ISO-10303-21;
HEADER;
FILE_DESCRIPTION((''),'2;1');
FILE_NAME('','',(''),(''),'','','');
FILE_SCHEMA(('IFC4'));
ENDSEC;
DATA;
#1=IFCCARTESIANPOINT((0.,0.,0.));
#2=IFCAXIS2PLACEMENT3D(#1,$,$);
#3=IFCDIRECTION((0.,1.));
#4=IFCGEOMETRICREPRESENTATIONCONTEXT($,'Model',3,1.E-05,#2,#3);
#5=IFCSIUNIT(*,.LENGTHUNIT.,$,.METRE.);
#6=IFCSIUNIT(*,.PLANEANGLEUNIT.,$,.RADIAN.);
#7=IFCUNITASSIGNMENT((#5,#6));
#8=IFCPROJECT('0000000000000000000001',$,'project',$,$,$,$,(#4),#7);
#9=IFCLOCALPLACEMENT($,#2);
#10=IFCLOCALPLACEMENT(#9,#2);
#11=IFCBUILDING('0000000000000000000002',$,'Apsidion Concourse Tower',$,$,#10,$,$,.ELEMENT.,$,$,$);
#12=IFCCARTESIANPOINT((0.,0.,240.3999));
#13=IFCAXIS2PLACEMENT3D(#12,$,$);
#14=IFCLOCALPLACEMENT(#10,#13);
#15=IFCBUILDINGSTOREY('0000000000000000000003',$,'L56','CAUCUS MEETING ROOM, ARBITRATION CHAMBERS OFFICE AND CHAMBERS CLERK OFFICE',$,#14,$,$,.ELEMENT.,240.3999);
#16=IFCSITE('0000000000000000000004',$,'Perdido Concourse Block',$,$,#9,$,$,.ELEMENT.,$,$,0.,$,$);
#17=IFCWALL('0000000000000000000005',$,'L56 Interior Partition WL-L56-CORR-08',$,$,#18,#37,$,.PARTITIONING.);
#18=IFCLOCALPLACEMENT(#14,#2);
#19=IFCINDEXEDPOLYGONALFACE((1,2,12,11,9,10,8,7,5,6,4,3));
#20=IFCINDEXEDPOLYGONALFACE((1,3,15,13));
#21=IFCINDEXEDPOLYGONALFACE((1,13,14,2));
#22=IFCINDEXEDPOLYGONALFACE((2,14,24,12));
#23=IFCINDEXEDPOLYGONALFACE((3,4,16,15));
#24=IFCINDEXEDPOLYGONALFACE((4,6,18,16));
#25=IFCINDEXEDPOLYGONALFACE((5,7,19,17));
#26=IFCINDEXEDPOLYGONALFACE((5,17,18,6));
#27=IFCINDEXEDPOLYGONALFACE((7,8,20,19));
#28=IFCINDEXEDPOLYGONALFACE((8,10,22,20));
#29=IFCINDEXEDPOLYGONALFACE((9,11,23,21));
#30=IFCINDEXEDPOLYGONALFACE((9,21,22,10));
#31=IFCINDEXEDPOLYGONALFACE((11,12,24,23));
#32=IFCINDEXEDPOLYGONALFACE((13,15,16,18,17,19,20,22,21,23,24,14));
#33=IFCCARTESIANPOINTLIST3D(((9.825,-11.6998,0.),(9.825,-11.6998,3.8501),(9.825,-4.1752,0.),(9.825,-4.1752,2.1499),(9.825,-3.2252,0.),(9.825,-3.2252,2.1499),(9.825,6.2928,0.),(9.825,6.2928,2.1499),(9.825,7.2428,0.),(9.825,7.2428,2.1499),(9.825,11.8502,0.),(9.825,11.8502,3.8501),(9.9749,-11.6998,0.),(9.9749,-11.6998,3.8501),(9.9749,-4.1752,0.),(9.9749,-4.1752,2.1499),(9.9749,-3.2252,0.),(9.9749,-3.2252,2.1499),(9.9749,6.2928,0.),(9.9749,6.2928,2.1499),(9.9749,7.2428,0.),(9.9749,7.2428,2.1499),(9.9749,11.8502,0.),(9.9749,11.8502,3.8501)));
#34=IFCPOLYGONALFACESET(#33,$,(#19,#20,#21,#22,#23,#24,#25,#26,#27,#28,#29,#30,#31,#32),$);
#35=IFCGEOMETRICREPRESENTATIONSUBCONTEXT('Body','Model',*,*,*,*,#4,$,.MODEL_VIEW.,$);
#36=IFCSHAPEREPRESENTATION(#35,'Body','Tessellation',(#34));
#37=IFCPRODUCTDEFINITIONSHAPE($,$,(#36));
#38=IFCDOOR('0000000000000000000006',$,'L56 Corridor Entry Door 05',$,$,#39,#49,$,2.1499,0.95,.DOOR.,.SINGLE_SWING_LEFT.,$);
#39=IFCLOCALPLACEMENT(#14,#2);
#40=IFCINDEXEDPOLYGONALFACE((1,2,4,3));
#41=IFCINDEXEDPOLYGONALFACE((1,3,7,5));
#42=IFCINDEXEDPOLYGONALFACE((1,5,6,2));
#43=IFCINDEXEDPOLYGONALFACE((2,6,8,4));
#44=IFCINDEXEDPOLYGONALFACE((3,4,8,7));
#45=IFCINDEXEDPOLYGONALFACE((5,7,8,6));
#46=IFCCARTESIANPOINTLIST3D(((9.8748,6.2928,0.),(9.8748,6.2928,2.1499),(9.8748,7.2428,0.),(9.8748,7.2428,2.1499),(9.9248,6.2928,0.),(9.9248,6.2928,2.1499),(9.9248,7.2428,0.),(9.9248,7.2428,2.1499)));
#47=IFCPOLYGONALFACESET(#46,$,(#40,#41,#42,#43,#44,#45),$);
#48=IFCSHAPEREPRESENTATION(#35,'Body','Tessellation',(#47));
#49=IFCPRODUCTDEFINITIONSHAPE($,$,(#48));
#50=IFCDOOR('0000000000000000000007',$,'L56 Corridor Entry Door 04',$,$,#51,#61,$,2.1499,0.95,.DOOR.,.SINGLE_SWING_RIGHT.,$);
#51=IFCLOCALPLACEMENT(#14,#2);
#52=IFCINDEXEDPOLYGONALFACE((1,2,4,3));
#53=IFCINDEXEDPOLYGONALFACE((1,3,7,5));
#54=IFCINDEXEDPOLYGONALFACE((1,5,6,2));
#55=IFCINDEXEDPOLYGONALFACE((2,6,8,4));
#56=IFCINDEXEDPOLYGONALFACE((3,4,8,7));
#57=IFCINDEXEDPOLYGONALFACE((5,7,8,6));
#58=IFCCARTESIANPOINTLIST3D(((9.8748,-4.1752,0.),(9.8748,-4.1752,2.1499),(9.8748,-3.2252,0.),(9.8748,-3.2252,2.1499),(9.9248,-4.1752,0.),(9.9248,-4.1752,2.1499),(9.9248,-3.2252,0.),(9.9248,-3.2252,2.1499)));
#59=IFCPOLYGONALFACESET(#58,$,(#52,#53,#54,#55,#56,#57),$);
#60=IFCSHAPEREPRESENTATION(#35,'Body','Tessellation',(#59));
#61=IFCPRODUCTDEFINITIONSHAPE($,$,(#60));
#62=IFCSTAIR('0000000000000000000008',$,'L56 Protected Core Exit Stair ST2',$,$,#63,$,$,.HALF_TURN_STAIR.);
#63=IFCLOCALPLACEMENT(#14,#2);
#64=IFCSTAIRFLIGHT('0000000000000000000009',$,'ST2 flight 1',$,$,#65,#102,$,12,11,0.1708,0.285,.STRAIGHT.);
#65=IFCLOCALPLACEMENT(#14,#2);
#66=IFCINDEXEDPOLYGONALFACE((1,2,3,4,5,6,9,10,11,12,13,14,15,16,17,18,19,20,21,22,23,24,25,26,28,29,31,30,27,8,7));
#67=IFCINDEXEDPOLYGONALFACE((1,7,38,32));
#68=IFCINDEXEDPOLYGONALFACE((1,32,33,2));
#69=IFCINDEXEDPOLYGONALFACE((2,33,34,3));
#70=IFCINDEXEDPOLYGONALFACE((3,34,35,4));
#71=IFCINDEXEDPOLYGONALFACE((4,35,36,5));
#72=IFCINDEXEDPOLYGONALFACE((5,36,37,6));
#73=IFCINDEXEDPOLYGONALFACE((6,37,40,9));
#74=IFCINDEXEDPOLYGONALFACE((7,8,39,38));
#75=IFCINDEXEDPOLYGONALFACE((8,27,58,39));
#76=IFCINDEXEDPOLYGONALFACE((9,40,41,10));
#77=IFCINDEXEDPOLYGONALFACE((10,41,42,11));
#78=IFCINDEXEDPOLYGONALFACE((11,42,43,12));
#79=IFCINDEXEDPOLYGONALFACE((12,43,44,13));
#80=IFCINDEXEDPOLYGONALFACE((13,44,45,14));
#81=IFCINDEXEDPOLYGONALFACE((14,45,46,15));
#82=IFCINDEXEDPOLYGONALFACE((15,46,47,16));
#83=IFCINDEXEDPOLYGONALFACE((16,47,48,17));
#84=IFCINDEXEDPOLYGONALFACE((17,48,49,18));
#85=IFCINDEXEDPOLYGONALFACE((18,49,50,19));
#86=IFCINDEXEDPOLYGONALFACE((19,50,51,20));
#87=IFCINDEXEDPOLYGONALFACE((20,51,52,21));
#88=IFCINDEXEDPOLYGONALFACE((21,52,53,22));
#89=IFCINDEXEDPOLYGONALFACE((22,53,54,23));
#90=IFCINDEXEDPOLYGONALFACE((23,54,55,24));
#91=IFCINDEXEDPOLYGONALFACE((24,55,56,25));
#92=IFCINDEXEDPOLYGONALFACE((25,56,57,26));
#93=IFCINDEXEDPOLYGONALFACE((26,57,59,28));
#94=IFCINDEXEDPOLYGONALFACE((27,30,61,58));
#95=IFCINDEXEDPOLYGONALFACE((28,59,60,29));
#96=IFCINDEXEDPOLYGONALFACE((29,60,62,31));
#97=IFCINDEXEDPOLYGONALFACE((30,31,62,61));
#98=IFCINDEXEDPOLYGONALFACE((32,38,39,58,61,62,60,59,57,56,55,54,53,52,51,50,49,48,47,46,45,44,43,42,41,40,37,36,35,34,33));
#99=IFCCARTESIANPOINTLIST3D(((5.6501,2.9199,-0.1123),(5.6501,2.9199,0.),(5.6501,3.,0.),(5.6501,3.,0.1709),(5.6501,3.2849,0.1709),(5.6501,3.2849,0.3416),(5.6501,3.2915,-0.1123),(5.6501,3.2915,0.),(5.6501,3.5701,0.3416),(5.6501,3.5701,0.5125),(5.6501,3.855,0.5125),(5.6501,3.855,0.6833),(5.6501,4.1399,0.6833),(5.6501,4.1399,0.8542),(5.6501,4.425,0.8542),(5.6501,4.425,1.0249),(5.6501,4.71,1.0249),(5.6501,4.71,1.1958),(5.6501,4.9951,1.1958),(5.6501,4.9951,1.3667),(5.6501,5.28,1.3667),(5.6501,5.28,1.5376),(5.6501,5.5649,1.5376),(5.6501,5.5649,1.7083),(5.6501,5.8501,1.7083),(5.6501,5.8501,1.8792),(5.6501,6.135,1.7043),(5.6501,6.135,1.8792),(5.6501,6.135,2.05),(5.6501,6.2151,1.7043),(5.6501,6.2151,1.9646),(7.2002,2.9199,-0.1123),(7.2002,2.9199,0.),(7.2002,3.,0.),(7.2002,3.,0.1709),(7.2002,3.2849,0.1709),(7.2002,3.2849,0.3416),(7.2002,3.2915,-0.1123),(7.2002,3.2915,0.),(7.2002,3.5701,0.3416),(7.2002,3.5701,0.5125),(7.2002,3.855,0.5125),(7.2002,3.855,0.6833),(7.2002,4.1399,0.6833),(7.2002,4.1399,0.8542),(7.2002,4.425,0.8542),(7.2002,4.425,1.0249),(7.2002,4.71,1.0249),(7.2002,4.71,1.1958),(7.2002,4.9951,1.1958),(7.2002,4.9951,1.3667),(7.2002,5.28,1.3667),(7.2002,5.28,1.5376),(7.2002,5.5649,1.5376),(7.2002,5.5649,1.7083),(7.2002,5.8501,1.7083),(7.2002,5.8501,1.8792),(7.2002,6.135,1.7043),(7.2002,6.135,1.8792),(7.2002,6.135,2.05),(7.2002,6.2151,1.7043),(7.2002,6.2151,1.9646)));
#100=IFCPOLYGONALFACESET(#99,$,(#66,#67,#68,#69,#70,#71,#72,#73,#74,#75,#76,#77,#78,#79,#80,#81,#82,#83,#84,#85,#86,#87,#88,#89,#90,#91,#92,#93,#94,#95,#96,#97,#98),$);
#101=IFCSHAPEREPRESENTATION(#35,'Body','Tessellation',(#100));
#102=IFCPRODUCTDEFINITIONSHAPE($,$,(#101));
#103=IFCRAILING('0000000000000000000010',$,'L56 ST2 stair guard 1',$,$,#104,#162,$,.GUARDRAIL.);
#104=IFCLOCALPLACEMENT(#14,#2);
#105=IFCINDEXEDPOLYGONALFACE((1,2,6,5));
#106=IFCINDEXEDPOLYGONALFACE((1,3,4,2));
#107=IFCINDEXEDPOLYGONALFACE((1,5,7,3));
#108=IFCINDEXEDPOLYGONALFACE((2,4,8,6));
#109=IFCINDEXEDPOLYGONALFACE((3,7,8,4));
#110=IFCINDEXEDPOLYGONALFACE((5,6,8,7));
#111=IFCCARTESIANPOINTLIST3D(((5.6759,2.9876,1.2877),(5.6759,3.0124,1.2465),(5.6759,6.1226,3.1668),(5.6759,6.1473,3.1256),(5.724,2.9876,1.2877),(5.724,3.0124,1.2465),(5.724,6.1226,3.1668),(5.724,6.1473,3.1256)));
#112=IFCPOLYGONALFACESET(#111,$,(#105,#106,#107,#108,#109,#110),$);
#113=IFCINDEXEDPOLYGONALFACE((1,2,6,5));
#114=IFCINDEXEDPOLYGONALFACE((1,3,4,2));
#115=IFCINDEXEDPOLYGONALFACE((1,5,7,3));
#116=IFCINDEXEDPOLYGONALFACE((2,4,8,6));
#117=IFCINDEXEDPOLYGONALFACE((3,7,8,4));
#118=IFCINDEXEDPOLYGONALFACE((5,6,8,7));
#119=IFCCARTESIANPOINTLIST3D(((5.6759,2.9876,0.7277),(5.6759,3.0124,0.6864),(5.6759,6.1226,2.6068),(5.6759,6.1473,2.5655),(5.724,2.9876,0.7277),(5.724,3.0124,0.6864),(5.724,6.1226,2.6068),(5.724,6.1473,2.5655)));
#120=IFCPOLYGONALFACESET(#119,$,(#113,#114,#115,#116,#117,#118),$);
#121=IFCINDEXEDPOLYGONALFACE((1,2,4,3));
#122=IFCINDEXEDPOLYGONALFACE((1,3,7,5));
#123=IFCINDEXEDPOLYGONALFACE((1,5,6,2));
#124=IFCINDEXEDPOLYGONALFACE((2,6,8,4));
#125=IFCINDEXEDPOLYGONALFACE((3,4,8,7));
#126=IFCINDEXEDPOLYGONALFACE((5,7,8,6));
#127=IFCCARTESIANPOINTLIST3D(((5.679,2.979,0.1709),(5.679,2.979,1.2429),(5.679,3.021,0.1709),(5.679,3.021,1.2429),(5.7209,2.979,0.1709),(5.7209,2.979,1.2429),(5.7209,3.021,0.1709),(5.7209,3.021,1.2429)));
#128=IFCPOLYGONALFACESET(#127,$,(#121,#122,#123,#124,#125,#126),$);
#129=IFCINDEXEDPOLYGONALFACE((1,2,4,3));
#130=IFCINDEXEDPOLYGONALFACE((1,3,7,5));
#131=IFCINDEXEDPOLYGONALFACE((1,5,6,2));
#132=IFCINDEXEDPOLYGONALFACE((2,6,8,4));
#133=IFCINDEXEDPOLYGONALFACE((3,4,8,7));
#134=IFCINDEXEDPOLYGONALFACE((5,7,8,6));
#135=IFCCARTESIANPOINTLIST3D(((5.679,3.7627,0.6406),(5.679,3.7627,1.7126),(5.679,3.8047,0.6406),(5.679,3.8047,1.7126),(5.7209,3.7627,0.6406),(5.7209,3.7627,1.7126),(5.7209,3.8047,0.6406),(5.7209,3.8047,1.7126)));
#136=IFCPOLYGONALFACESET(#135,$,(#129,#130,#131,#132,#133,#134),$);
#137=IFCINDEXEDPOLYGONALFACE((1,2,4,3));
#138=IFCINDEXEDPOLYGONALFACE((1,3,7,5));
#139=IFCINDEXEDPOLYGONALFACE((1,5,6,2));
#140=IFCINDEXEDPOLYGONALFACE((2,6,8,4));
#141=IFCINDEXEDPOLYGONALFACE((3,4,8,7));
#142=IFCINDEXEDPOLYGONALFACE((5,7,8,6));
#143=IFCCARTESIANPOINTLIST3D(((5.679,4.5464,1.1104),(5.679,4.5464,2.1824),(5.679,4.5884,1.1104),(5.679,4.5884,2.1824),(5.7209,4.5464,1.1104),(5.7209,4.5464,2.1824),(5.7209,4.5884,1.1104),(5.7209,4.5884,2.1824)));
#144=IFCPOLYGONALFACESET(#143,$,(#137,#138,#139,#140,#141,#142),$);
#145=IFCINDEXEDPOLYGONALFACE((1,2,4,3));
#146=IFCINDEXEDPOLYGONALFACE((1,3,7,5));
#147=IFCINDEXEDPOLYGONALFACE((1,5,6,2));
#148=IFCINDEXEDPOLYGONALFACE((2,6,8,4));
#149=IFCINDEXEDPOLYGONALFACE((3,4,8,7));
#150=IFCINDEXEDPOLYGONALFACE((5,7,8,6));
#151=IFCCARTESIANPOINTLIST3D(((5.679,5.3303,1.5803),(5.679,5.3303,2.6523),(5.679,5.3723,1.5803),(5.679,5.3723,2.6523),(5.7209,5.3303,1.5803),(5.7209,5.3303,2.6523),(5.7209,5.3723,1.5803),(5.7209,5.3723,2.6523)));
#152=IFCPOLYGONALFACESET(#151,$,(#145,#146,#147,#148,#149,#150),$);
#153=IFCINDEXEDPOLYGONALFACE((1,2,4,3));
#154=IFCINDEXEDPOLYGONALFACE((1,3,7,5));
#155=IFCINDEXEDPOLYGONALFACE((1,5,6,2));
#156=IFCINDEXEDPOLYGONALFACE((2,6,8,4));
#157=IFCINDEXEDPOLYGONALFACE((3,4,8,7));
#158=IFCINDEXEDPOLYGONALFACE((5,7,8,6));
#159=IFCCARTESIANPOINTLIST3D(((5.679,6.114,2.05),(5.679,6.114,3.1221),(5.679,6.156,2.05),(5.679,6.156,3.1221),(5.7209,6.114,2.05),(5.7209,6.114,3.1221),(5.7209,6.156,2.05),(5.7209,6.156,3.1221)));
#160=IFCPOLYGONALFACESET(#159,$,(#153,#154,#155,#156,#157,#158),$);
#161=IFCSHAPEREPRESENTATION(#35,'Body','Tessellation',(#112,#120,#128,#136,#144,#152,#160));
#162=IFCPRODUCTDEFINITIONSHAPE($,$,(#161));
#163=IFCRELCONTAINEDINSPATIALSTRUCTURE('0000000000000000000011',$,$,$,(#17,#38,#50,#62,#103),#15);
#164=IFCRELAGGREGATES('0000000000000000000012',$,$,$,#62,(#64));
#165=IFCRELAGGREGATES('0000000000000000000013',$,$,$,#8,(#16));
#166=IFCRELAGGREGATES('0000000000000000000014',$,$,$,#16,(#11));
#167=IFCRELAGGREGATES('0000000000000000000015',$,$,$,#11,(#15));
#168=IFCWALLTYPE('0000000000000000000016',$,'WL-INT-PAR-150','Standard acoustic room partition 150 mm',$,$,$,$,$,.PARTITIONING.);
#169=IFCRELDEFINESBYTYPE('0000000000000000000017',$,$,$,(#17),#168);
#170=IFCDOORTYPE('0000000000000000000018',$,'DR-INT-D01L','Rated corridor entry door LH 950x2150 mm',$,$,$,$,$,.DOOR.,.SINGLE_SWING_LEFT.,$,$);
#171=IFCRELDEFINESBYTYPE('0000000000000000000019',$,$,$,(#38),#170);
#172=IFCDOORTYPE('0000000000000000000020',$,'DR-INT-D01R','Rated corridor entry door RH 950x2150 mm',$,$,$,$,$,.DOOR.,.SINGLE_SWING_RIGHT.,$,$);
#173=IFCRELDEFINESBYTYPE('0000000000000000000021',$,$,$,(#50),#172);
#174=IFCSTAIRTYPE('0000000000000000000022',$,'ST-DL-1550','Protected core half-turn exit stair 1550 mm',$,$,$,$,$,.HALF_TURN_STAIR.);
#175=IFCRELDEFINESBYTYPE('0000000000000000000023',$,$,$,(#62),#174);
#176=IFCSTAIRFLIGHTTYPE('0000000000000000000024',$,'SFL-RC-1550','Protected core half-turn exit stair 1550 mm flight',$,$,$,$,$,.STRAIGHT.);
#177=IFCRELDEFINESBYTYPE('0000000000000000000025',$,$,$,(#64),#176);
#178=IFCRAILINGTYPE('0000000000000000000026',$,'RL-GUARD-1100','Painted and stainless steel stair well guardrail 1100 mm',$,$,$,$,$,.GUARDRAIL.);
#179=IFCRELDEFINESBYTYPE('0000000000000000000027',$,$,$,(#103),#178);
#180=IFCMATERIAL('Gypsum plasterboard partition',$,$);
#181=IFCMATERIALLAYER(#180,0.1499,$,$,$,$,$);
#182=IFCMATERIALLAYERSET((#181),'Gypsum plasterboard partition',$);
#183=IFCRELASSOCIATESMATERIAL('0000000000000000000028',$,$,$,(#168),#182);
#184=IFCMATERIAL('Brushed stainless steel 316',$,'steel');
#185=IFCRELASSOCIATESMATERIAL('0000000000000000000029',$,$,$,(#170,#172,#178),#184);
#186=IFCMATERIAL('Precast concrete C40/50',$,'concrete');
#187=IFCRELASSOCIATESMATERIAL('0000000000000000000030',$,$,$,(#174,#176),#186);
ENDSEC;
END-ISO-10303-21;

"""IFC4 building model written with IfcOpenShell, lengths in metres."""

from ifc_helpers import new_model, si_unit, direction, frame, frame_2d, origin, origin_2d, place, context, subcontext, project, spatial, polyline, rectangle, outline, extrude, material, layer, layer_set, type_object, element, fill, aggregate, save


model = new_model("IFC4")

# Units and contexts
model_context = context("Model", 3, precision=1e-05, world=origin(), true_north=direction((0.0, 1.0)))
body_context = subcontext(model_context, "Body", "Model", "MODEL_VIEW")
ifc_project = project(units=[si_unit("LENGTHUNIT", "METRE"), si_unit("PLANEANGLEUNIT", "RADIAN")], contexts=[model_context])

# Site, building, storey
site_placement = place(None, origin())
site = spatial("IfcSite", under=ifc_project, at=site_placement, Name="Perdido Concourse Block", CompositionType="ELEMENT", RefElevation=0.0)
building_placement = place(site_placement, origin())
building = spatial("IfcBuilding", under=site, at=building_placement, Name="Apsidion Concourse Tower", CompositionType="ELEMENT")
storey_placement = place(building_placement, frame((0.0, 0.0, 240.3999)))
storey = spatial("IfcBuildingStorey", under=building, at=storey_placement, Name="L56", Description="CAUCUS MEETING ROOM, ARBITRATION CHAMBERS OFFICE AND CHAMBERS CLERK OFFICE", CompositionType="ELEMENT", Elevation=240.3999)

# Wall, openings, doors
ifc_material_1 = material(Name="Gypsum plasterboard partition")
ifc_layer = layer(ifc_material_1, 0.1499)
ifc_layer_set = layer_set([ifc_layer], Name="Gypsum plasterboard partition")
wall_type = type_object("IfcWallType", Name="WL-INT-PAR-150", Description="Standard acoustic room partition 150 mm", PredefinedType="PARTITIONING", material=ifc_layer_set)
wall_placement = place(storey_placement, frame((9.8999, 11.8501, 0.0), z_axis=(0.0, 0.0, 1.0), x_axis=(0.0, -1.0, 0.0)))
wall = element("IfcWall", 1, at=wall_placement, inside=storey, type_object=wall_type, Name="L56 Interior Partition WL-L56-CORR-08", PredefinedType="PARTITIONING", context=body_context, shape_type="SweptSolid", body=[
    extrude(rectangle(XDim=23.55, YDim=0.1499, at=frame_2d((11.7749, 0.0))), origin(), (0.0, 0.0, 1.0), 3.8501),
])
opening_1_placement = place(wall_placement, frame((15.0752, 0.0, 0.0)))
opening_1 = element("IfcOpeningElement", 2, at=opening_1_placement, cuts=wall, PredefinedType="OPENING", context=body_context, shape_type="SweptSolid", body=[
    extrude(rectangle(XDim=0.95, YDim=2.1499, at=frame_2d((0.4751, 1.075))), frame((0.0, 0.085, 0.0), z_axis=(0.0, -1.0, 0.0), x_axis=(1.0, 0.0, 0.0)), (0.0, 0.0, 1.0), 0.1699),
])
opening_2_placement = place(wall_placement, frame((4.6072, 0.0, 0.0)))
opening_2 = element("IfcOpeningElement", 3, at=opening_2_placement, cuts=wall, PredefinedType="OPENING", context=body_context, shape_type="SweptSolid", body=[
    extrude(rectangle(XDim=0.95, YDim=2.1499, at=frame_2d((0.4751, 1.075))), frame((0.0, 0.085, 0.0), z_axis=(0.0, -1.0, 0.0), x_axis=(1.0, 0.0, 0.0)), (0.0, 0.0, 1.0), 0.1699),
])
ifc_material_2 = material(Name="Brushed stainless steel 316", Category="steel")
door_type_1 = type_object("IfcDoorType", Name="DR-INT-D01L", Description="Rated corridor entry door LH 950x2150 mm", OperationType="SINGLE_SWING_LEFT", PredefinedType="DOOR", material=ifc_material_2)
door_1_placement = place(opening_2_placement, origin())
door_1 = element("IfcDoor", 4, at=door_1_placement, inside=storey, type_object=door_type_1, Name="L56 Corridor Entry Door 05", OperationType="SINGLE_SWING_LEFT", OverallHeight=2.1499, OverallWidth=0.95, PredefinedType="DOOR", context=body_context, shape_type="SweptSolid", body=[
    extrude(rectangle(XDim=0.95, YDim=2.1499, at=frame_2d((0.4751, 1.075))), frame((0.0, 0.0249, 0.0), z_axis=(0.0, -1.0, 0.0), x_axis=(1.0, 0.0, 0.0)), (0.0, 0.0, 1.0), 0.05),
])
fill(opening_2, door_1)
door_type_2 = type_object("IfcDoorType", Name="DR-INT-D01R", Description="Rated corridor entry door RH 950x2150 mm", OperationType="SINGLE_SWING_RIGHT", PredefinedType="DOOR", material=ifc_material_2)
door_2_placement = place(opening_1_placement, origin())
door_2 = element("IfcDoor", 5, at=door_2_placement, inside=storey, type_object=door_type_2, Name="L56 Corridor Entry Door 04", OperationType="SINGLE_SWING_RIGHT", OverallHeight=2.1499, OverallWidth=0.95, PredefinedType="DOOR", context=body_context, shape_type="SweptSolid", body=[
    extrude(rectangle(XDim=0.95, YDim=2.1499, at=frame_2d((0.4751, 1.075))), frame((0.0, 0.0249, 0.0), z_axis=(0.0, -1.0, 0.0), x_axis=(1.0, 0.0, 0.0)), (0.0, 0.0, 1.0), 0.05),
])
fill(opening_1, door_2)

# Stair, stair flight
ifc_material_3 = material(Name="Precast concrete C40/50", Category="concrete")
stair_type = type_object("IfcStairType", Name="ST-DL-1550", Description="Protected core half-turn exit stair 1550 mm", PredefinedType="HALF_TURN_STAIR", material=ifc_material_3)
stair_placement = place(storey_placement, origin())
stair = element("IfcStair", 6, at=stair_placement, inside=storey, type_object=stair_type, Name="L56 Protected Core Exit Stair ST2", PredefinedType="HALF_TURN_STAIR")
stair_flight_type = type_object("IfcStairFlightType", Name="SFL-RC-1550", Description="Protected core half-turn exit stair 1550 mm flight", PredefinedType="STRAIGHT", material=ifc_material_3)
stair_flight_placement = place(storey_placement, frame((6.425, 3.0, 0.0), z_axis=(0.0, 0.0, 1.0), x_axis=(0.0, 1.0, 0.0)))
stair_flight = element("IfcStairFlight", 7, at=stair_flight_placement, type_object=stair_flight_type, Name="ST2 flight 1", NumberOfRisers=12, NumberOfTreads=11, PredefinedType="STRAIGHT", RiserHeight=0.1708, TreadLength=0.285, context=body_context, shape_type="SweptSolid", body=[
    extrude(outline(polyline([(-0.0801, -0.1123), (-0.0801, 0.0), (0.0, 0.0), (0.0, 0.1709), (0.2849, 0.1709), (0.2849, 0.3416), (0.5701, 0.3416), (0.5701, 0.5125), (0.855, 0.5125), (0.855, 0.6833), (1.1399, 0.6833), (1.1399, 0.8542), (1.425, 0.8542), (1.425, 1.0249), (1.71, 1.0249), (1.71, 1.1958), (1.9951, 1.1958), (1.9951, 1.3667), (2.28, 1.3667), (2.28, 1.5376), (2.5649, 1.5376), (2.5649, 1.7083), (2.8501, 1.7083), (2.8501, 1.8792), (3.135, 1.8792), (3.135, 2.05), (3.2151, 1.9646), (3.2151, 1.7043), (3.135, 1.7043), (0.2915, 0.0), (0.2915, -0.1123), (-0.0801, -0.1123)])), frame((0.0, 0.7749, 0.0), z_axis=(0.0, -1.0, 0.0), x_axis=(1.0, 0.0, 0.0)), (0.0, 0.0, 1.0), 1.55),
])
aggregate(stair, [stair_flight])

# Railing
railing_type_1 = type_object("IfcRailingType", Name="RL-GUARD-1100", Description="Painted and stainless steel stair well guardrail 1100 mm", PredefinedType="GUARDRAIL", material=ifc_material_2)
railing_1_placement = place(storey_placement, frame((5.7, 3.0, 0.1709)))
element("IfcRailing", 8, at=railing_1_placement, inside=storey, type_object=railing_type_1, Name="L56 ST2 stair guard 1", PredefinedType="GUARDRAIL", context=body_context, shape_type="SweptSolid", body=[
    extrude(rectangle(XDim=0.0481, YDim=0.0481, at=origin_2d()), frame((0.0, 0.0, 1.0962), z_axis=(0.0, 0.857717, 0.514122), x_axis=(-1.0, 0.0, 0.0)), (0.0, 0.0, 1.0), 3.655),
    extrude(rectangle(XDim=0.0481, YDim=0.0481, at=origin_2d()), frame((0.0, 0.0, 0.5361), z_axis=(0.0, 0.857717, 0.514122), x_axis=(-1.0, 0.0, 0.0)), (0.0, 0.0, 1.0), 3.655),
    extrude(rectangle(XDim=0.042, YDim=0.042, at=origin_2d()), origin(), (0.0, 0.0, 1.0), 1.072),
    extrude(rectangle(XDim=0.042, YDim=0.042, at=origin_2d()), frame((0.0, 0.7837, 0.4697)), (0.0, 0.0, 1.0), 1.072),
    extrude(rectangle(XDim=0.042, YDim=0.042, at=origin_2d()), frame((0.0, 1.5674, 0.9395)), (0.0, 0.0, 1.0), 1.072),
    extrude(rectangle(XDim=0.042, YDim=0.042, at=origin_2d()), frame((0.0, 2.3513, 1.4094)), (0.0, 0.0, 1.0), 1.072),
    extrude(rectangle(XDim=0.042, YDim=0.042, at=origin_2d()), frame((0.0, 3.135, 1.8792)), (0.0, 0.0, 1.0), 1.072),
])

save(model, "model.ifc")
